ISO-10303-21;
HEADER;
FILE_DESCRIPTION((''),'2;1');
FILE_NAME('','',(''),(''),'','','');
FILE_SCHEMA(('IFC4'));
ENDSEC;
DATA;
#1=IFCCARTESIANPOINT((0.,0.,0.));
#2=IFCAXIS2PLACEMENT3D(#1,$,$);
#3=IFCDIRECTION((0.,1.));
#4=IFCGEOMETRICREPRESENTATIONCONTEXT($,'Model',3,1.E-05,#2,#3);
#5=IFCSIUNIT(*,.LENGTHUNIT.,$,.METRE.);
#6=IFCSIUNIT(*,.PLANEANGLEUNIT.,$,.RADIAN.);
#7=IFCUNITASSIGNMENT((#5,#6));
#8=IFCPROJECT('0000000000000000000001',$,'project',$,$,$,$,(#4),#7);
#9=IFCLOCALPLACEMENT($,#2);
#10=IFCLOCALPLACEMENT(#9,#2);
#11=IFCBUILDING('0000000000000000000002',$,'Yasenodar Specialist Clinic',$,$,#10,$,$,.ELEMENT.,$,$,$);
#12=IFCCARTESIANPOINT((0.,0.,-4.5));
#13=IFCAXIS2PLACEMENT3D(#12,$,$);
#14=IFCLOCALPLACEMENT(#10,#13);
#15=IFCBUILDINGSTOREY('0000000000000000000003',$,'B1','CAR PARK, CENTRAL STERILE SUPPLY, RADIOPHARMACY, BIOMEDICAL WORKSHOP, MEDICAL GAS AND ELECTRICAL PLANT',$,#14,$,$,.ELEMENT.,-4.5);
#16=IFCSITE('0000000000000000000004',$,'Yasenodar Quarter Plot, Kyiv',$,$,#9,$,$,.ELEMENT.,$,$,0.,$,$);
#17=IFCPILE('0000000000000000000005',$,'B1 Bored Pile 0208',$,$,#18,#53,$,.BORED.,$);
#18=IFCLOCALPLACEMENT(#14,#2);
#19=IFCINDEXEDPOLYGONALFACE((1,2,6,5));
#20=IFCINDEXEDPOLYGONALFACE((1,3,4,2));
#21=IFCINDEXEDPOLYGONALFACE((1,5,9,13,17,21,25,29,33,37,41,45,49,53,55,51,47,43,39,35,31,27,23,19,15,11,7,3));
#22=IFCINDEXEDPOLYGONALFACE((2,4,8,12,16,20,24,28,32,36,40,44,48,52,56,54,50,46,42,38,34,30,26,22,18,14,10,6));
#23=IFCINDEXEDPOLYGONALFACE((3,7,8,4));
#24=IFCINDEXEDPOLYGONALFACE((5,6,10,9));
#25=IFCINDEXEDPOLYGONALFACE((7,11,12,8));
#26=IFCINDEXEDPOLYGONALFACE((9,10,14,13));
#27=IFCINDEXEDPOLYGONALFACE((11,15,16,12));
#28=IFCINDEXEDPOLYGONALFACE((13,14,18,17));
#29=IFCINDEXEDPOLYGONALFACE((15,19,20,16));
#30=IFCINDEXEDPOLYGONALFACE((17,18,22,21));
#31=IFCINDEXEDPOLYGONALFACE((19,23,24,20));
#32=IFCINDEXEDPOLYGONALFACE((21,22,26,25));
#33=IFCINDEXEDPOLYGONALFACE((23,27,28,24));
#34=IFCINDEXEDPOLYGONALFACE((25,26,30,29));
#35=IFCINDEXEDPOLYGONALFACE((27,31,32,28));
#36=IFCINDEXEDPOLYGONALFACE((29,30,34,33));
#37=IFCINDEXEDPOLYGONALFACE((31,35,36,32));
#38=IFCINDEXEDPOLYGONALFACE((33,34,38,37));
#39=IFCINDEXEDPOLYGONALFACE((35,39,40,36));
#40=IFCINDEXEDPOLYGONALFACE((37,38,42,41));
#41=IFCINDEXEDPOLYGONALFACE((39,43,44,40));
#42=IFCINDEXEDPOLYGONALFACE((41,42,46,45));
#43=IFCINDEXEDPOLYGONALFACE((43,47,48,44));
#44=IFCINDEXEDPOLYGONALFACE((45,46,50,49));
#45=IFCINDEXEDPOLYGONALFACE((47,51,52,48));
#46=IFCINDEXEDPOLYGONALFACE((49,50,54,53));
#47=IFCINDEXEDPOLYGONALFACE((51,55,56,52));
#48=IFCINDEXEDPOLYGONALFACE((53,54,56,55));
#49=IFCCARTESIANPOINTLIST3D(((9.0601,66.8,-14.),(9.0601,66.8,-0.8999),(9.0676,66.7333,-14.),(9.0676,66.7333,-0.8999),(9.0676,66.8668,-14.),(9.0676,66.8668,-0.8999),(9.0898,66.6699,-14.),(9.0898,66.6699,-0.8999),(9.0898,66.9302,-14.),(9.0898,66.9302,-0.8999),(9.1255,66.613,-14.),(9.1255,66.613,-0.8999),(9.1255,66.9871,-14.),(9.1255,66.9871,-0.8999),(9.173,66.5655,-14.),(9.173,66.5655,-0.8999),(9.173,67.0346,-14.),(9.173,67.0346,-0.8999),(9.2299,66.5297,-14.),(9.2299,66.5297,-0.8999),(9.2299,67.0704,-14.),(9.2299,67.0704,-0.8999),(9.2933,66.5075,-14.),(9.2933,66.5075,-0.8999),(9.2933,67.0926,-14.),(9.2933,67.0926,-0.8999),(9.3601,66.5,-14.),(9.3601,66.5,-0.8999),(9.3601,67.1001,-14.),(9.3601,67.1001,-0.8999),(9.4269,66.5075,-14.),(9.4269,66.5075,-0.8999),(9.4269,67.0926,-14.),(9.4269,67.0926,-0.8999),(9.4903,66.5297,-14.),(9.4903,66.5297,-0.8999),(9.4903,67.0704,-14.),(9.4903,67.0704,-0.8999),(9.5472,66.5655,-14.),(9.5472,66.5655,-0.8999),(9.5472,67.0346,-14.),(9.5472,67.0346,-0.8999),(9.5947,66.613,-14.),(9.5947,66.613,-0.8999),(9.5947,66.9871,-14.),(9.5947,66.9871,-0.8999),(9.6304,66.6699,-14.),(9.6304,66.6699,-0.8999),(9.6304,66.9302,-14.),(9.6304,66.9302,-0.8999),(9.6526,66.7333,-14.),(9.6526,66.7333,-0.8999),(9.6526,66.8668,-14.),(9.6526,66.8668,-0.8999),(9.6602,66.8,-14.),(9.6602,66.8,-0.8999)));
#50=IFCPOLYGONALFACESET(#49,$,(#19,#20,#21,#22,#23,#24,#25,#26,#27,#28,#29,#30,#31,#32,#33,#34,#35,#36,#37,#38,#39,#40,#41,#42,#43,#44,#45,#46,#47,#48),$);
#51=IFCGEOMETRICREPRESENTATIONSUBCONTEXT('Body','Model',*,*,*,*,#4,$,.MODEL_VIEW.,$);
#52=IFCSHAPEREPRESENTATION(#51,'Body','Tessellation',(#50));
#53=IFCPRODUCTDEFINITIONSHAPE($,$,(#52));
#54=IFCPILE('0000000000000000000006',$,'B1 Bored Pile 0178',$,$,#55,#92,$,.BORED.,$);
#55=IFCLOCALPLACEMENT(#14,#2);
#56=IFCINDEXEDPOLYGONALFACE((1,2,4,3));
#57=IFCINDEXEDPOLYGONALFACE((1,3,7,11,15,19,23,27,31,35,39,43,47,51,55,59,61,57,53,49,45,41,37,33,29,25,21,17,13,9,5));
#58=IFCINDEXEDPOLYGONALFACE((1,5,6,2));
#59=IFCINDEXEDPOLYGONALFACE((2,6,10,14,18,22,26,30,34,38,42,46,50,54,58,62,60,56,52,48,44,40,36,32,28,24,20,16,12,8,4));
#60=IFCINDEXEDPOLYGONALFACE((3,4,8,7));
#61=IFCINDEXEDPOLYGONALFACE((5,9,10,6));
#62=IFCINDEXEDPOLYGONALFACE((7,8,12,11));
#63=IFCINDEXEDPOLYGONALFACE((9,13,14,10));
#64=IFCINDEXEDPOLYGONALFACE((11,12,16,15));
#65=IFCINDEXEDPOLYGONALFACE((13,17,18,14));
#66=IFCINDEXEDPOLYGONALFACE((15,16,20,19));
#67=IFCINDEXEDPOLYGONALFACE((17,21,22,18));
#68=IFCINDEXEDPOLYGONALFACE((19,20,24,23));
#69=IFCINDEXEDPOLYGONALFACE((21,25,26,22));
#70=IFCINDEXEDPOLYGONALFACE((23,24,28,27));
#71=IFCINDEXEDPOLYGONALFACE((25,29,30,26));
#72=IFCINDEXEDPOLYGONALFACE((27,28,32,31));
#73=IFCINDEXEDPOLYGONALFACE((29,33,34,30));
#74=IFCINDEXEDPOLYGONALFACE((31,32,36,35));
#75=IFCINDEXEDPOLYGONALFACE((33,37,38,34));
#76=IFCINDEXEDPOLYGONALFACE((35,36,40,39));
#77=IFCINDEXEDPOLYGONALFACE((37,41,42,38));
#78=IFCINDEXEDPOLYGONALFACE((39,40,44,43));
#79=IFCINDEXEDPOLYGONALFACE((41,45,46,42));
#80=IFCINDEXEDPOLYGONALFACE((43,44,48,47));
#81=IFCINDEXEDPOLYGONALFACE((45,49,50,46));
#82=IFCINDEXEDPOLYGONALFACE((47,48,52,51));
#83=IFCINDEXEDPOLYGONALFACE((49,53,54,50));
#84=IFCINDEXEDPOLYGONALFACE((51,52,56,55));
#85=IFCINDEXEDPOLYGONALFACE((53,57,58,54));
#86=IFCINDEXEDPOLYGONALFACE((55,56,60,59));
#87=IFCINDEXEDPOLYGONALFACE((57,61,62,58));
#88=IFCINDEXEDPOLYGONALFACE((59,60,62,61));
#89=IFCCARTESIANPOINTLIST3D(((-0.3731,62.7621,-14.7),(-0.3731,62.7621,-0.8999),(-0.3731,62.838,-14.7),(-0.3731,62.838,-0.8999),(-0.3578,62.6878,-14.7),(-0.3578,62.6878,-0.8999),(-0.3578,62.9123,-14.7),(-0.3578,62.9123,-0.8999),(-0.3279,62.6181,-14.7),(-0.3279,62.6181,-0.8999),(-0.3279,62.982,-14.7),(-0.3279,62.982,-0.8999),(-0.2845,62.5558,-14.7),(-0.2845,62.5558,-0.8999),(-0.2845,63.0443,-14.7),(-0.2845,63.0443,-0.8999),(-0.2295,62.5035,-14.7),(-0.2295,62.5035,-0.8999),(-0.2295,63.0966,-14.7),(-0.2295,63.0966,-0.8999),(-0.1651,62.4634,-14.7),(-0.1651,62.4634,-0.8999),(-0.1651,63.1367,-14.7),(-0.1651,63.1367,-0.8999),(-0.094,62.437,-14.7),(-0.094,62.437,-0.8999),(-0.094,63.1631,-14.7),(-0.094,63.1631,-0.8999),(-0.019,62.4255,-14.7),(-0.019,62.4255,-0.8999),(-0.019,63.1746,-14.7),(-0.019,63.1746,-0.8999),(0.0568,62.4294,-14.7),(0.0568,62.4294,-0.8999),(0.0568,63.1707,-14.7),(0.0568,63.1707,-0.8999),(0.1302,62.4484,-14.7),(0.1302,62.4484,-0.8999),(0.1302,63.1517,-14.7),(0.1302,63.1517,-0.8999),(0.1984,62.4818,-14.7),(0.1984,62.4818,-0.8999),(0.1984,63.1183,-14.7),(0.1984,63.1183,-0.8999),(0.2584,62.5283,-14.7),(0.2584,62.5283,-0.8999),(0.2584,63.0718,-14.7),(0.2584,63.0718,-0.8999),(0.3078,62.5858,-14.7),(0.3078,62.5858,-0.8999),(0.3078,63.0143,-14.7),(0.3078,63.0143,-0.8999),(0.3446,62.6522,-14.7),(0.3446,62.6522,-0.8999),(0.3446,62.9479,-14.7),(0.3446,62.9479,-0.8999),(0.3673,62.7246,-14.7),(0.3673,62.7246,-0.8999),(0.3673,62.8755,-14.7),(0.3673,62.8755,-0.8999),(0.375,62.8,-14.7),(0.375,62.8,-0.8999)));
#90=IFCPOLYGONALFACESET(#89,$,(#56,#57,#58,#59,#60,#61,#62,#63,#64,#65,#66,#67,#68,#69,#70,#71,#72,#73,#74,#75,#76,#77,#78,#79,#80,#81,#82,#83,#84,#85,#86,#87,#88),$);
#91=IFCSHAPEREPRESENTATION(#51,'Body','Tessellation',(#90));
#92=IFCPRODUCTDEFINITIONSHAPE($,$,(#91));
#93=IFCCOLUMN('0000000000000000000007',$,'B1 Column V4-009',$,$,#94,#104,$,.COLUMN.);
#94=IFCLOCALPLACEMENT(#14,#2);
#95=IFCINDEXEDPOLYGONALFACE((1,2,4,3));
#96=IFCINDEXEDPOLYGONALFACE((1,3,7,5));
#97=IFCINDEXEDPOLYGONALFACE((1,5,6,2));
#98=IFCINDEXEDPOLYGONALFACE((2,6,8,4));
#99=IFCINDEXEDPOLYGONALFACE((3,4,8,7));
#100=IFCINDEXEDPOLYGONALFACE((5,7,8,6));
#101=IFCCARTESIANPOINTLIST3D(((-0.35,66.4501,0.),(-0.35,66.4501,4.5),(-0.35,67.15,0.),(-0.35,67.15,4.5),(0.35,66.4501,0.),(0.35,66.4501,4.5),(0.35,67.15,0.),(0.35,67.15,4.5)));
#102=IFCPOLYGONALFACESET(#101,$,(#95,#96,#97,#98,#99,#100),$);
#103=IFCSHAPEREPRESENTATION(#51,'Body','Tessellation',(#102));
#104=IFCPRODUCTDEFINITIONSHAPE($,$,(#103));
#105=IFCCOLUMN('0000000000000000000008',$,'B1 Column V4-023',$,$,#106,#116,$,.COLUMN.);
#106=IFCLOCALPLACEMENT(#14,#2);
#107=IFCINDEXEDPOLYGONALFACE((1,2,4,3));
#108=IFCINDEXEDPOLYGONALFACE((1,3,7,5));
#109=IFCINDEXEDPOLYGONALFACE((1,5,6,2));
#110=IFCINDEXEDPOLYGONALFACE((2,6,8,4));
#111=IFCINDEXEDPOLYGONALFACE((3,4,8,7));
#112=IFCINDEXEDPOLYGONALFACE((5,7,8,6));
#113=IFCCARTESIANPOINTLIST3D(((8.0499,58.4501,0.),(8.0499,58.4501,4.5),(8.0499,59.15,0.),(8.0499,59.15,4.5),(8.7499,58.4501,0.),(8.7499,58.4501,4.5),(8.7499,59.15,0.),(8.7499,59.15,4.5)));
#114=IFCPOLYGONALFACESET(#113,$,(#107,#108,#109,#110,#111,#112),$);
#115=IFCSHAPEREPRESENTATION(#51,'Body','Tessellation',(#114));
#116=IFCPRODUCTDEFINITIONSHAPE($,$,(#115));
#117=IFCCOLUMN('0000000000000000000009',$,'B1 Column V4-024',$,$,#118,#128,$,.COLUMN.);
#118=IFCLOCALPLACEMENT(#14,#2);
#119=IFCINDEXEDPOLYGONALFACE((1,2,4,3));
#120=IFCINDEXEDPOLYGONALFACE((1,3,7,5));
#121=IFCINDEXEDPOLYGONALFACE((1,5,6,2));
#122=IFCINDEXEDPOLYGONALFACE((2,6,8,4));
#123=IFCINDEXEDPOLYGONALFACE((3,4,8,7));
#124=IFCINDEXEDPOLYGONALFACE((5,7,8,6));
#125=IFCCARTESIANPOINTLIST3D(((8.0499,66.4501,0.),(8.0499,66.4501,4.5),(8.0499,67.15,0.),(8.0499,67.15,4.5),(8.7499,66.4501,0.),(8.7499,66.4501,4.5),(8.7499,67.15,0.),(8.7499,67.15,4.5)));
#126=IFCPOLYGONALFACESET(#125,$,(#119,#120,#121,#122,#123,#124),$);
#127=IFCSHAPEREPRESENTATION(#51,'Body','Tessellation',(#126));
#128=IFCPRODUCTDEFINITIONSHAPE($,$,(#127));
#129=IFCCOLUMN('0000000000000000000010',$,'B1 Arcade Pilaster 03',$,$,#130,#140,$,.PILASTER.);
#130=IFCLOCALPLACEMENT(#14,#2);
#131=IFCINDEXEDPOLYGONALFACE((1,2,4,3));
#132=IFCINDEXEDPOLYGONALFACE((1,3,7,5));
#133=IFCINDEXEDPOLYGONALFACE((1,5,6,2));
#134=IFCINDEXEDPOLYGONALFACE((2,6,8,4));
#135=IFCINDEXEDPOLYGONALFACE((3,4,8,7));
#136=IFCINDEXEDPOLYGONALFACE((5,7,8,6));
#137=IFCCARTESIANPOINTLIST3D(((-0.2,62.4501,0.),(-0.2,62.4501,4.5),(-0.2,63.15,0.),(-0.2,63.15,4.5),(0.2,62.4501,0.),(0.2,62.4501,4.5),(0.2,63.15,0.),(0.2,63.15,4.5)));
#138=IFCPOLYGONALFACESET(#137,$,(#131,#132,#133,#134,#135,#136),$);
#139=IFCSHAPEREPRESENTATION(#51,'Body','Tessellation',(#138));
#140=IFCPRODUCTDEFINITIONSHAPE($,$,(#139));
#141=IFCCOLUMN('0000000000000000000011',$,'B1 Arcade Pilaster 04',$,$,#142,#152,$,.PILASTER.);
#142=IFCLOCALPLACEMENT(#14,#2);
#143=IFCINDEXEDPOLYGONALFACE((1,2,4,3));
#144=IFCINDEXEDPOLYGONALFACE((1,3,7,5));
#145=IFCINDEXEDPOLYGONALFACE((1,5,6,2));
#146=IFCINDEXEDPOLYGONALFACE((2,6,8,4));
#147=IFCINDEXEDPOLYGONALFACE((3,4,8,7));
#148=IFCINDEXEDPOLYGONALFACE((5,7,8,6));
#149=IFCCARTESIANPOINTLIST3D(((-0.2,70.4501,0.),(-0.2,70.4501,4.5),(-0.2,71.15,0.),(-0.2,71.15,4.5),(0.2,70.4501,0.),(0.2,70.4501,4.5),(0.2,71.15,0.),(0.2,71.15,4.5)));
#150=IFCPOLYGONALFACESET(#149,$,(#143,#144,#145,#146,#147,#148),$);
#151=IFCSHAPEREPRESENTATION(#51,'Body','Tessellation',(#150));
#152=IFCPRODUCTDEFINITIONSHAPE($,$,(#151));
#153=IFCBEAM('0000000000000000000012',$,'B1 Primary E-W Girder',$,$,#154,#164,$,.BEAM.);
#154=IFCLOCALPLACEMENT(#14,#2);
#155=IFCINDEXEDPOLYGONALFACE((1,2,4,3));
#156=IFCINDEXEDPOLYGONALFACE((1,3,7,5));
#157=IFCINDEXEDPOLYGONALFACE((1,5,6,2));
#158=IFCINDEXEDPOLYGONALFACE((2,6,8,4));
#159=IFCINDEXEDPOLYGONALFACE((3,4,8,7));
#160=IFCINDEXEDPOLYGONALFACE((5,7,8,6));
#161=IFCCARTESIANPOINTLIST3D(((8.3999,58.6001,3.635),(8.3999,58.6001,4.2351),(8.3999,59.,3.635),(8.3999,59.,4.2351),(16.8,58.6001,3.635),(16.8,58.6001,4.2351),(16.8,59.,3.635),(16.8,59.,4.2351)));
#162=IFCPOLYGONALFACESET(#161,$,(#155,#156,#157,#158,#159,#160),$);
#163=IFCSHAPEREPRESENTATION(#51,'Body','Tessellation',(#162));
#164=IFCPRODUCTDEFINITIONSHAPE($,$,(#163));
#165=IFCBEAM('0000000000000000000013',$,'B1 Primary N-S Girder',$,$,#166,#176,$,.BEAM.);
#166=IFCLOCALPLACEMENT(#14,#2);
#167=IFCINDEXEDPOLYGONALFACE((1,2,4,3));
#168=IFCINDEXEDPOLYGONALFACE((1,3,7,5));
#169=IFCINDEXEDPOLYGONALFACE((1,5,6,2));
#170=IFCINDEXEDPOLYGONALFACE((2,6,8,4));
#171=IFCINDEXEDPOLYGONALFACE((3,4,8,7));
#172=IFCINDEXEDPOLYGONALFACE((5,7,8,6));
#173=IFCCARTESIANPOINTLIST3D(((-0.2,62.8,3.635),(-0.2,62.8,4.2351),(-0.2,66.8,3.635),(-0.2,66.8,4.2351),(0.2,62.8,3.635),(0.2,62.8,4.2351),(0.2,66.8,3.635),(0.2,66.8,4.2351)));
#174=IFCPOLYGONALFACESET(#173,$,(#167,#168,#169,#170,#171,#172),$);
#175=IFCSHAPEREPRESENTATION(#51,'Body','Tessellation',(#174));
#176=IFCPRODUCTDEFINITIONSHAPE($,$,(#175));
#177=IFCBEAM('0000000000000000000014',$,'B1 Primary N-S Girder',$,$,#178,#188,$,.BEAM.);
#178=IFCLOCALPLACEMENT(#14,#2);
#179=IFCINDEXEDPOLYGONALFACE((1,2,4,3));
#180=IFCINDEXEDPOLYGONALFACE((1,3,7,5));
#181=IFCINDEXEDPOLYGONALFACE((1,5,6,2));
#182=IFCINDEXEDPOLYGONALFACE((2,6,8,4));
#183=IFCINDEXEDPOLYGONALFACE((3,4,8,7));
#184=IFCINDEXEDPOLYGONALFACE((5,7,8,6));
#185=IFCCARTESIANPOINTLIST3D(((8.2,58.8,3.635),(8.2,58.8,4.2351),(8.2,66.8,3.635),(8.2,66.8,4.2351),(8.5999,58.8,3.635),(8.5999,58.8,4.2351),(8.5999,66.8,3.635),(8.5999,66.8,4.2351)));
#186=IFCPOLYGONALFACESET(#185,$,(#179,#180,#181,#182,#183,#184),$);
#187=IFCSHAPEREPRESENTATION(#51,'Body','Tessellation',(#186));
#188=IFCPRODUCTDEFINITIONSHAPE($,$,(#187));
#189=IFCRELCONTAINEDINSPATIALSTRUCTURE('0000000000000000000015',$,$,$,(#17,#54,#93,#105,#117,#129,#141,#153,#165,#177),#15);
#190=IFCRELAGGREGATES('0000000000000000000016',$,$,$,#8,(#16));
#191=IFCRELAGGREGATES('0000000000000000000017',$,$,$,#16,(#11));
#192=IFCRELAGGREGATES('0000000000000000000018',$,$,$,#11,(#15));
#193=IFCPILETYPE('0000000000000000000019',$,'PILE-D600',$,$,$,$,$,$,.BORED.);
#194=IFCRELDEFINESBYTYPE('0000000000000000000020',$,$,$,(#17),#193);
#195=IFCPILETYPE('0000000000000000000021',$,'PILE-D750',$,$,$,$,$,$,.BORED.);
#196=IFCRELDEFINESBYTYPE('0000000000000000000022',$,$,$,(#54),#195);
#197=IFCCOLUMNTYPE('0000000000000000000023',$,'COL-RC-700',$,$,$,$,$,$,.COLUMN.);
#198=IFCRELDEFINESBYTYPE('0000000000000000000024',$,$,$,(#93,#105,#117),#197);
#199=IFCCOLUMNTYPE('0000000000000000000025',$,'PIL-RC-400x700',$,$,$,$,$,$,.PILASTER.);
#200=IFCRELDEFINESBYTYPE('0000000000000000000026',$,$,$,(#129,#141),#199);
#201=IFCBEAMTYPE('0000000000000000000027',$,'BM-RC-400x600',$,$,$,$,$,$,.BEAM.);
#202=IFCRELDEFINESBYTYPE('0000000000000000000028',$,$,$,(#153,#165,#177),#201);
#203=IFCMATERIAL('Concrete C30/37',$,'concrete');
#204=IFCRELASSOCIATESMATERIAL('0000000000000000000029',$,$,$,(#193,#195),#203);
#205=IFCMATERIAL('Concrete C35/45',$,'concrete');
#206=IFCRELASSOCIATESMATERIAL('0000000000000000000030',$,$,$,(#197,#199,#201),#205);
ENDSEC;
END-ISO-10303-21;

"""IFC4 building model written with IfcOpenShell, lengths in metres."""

from ifc_helpers import new_model, si_unit, direction, frame, origin, origin_2d, place, context, subcontext, project, spatial, rectangle, circle, extrude, material, material_profile, profile_set, type_object, element, save


model = new_model("IFC4")

# Units and contexts
model_context = context("Model", 3, precision=1e-05, world=origin(), true_north=direction((0.0, 1.0)))
body_context = subcontext(model_context, "Body", "Model", "MODEL_VIEW")
ifc_project = project(units=[si_unit("LENGTHUNIT", "METRE"), si_unit("PLANEANGLEUNIT", "RADIAN")], contexts=[model_context])

# Site, building, storey
site_placement = place(None, origin())
site = spatial("IfcSite", under=ifc_project, at=site_placement, Name="Yasenodar Quarter Plot, Kyiv", CompositionType="ELEMENT", RefElevation=0.0)
building_placement = place(site_placement, origin())
building = spatial("IfcBuilding", under=site, at=building_placement, Name="Yasenodar Specialist Clinic", CompositionType="ELEMENT")
storey_placement = place(building_placement, frame((0.0, 0.0, -4.5)))
storey = spatial("IfcBuildingStorey", under=building, at=storey_placement, Name="B1", Description="CAR PARK, CENTRAL STERILE SUPPLY, RADIOPHARMACY, BIOMEDICAL WORKSHOP, MEDICAL GAS AND ELECTRICAL PLANT", CompositionType="ELEMENT", Elevation=-4.5)

# Shared definitions
ifc_material_1 = material(Name="Concrete C35/45", Category="concrete")

# Piles
ifc_material_2 = material(Name="Concrete C30/37", Category="concrete")
ifc_material_profile_1 = material_profile(ifc_material_2, circle(Radius=0.3, at=origin_2d()), Name="PILE D600")
ifc_profile_set_1 = profile_set([ifc_material_profile_1], Name="Concrete C30/37")
pile_type_1 = type_object("IfcPileType", Name="PILE-D600", PredefinedType="BORED", material=ifc_profile_set_1)
for number, where, z_axis, x_axis, name in (
    (1, (9.3601, 66.8, -0.8999), (0.0, 0.0, -1.0), (1.0, 0.0, 0.0), "B1 Bored Pile 0208"),
):
    element("IfcPile", number, at=place(storey_placement, frame(where, z_axis=z_axis, x_axis=x_axis)), inside=storey, type_object=pile_type_1, Name=name, PredefinedType="BORED", context=body_context, shape_type="SweptSolid", body=[
        extrude(circle(Radius=0.3, at=origin_2d()), origin(), (0.0, 0.0, 1.0), 13.1001),
    ])
ifc_material_profile_2 = material_profile(ifc_material_2, circle(Radius=0.375, at=origin_2d()), Name="PILE D750")
ifc_profile_set_2 = profile_set([ifc_material_profile_2], Name="Concrete C30/37")
pile_type_2 = type_object("IfcPileType", Name="PILE-D750", PredefinedType="BORED", material=ifc_profile_set_2)
pile_placement = place(storey_placement, frame((0.0, 62.8, -0.8999), z_axis=(0.0, 0.0, -1.0), x_axis=(1.0, 0.0, 0.0)))
element("IfcPile", 2, at=pile_placement, inside=storey, type_object=pile_type_2, Name="B1 Bored Pile 0178", PredefinedType="BORED", context=body_context, shape_type="SweptSolid", body=[
    extrude(circle(Radius=0.375, at=origin_2d()), origin(), (0.0, 0.0, 1.0), 13.8),
])

# Columns
ifc_material_profile_3 = material_profile(ifc_material_1, rectangle(XDim=0.7, YDim=0.7, at=origin_2d()), Name="RC 700x700")
ifc_profile_set_3 = profile_set([ifc_material_profile_3], Name="Concrete C35/45")
column_type_1 = type_object("IfcColumnType", Name="COL-RC-700", PredefinedType="COLUMN", material=ifc_profile_set_3)
for number, where, z_axis, x_axis, name in (
    (3, (0.0, 66.8, 0.0), (0.0, 0.0, 1.0), (1.0, 0.0, 0.0), "B1 Column V4-009"),
    (4, (8.3999, 58.8, 0.0), (0.0, 0.0, 1.0), (1.0, 0.0, 0.0), "B1 Column V4-023"),
    (5, (8.3999, 66.8, 0.0), (0.0, 0.0, 1.0), (1.0, 0.0, 0.0), "B1 Column V4-024"),
):
    element("IfcColumn", number, at=place(storey_placement, frame(where, z_axis=z_axis, x_axis=x_axis)), inside=storey, type_object=column_type_1, Name=name, PredefinedType="COLUMN", context=body_context, shape_type="SweptSolid", body=[
        extrude(rectangle(XDim=0.7, YDim=0.7, at=origin_2d()), origin(), (0.0, 0.0, 1.0), 4.5),
    ])
ifc_material_profile_4 = material_profile(ifc_material_1, rectangle(XDim=0.3999, YDim=0.7, at=origin_2d()), Name="RC 400x700")
ifc_profile_set_4 = profile_set([ifc_material_profile_4], Name="Concrete C35/45")
column_type_2 = type_object("IfcColumnType", Name="PIL-RC-400x700", PredefinedType="PILASTER", material=ifc_profile_set_4)
for number, where, z_axis, x_axis, name in (
    (6, (0.0, 62.8, 0.0), (0.0, 0.0, 1.0), (1.0, 0.0, 0.0), "B1 Arcade Pilaster 03"),
    (7, (0.0, 70.8, 0.0), (0.0, 0.0, 1.0), (1.0, 0.0, 0.0), "B1 Arcade Pilaster 04"),
):
    element("IfcColumn", number, at=place(storey_placement, frame(where, z_axis=z_axis, x_axis=x_axis)), inside=storey, type_object=column_type_2, Name=name, PredefinedType="PILASTER", context=body_context, shape_type="SweptSolid", body=[
        extrude(rectangle(XDim=0.3999, YDim=0.7, at=origin_2d()), origin(), (0.0, 0.0, 1.0), 4.5),
    ])

# Beams
ifc_material_profile_5 = material_profile(ifc_material_1, rectangle(XDim=0.3999, YDim=0.6001, at=origin_2d()), Name="RC 400x600")
ifc_profile_set_5 = profile_set([ifc_material_profile_5], Name="Concrete C35/45")
beam_type_1 = type_object("IfcBeamType", Name="BM-RC-400x600", PredefinedType="BEAM", material=ifc_profile_set_5)
beam_1_placement = place(storey_placement, frame((8.3999, 58.8, 3.9351), z_axis=(1.0, 0.0, 0.0), x_axis=(0.0, 1.0, 0.0)))
element("IfcBeam", 8, at=beam_1_placement, inside=storey, type_object=beam_type_1, Name="B1 Primary E-W Girder", PredefinedType="BEAM", context=body_context, shape_type="SweptSolid", body=[
    extrude(rectangle(XDim=0.3999, YDim=0.6001, at=origin_2d()), origin(), (0.0, 0.0, 1.0), 8.4001),
])
beam_2_placement = place(storey_placement, frame((0.0, 62.8, 3.9351), z_axis=(0.0, 1.0, 0.0), x_axis=(-1.0, 0.0, 0.0)))
element("IfcBeam", 9, at=beam_2_placement, inside=storey, type_object=beam_type_1, Name="B1 Primary N-S Girder", PredefinedType="BEAM", context=body_context, shape_type="SweptSolid", body=[
    extrude(rectangle(XDim=0.3999, YDim=0.6001, at=origin_2d()), origin(), (0.0, 0.0, 1.0), 4.0),
])
beam_3_placement = place(storey_placement, frame((8.3999, 58.8, 3.9351), z_axis=(0.0, 1.0, 0.0), x_axis=(-1.0, 0.0, 0.0)))
element("IfcBeam", 10, at=beam_3_placement, inside=storey, type_object=beam_type_1, Name="B1 Primary N-S Girder", PredefinedType="BEAM", context=body_context, shape_type="SweptSolid", body=[
    extrude(rectangle(XDim=0.3999, YDim=0.6001, at=origin_2d()), origin(), (0.0, 0.0, 1.0), 8.0),
])

save(model, "model.ifc")
